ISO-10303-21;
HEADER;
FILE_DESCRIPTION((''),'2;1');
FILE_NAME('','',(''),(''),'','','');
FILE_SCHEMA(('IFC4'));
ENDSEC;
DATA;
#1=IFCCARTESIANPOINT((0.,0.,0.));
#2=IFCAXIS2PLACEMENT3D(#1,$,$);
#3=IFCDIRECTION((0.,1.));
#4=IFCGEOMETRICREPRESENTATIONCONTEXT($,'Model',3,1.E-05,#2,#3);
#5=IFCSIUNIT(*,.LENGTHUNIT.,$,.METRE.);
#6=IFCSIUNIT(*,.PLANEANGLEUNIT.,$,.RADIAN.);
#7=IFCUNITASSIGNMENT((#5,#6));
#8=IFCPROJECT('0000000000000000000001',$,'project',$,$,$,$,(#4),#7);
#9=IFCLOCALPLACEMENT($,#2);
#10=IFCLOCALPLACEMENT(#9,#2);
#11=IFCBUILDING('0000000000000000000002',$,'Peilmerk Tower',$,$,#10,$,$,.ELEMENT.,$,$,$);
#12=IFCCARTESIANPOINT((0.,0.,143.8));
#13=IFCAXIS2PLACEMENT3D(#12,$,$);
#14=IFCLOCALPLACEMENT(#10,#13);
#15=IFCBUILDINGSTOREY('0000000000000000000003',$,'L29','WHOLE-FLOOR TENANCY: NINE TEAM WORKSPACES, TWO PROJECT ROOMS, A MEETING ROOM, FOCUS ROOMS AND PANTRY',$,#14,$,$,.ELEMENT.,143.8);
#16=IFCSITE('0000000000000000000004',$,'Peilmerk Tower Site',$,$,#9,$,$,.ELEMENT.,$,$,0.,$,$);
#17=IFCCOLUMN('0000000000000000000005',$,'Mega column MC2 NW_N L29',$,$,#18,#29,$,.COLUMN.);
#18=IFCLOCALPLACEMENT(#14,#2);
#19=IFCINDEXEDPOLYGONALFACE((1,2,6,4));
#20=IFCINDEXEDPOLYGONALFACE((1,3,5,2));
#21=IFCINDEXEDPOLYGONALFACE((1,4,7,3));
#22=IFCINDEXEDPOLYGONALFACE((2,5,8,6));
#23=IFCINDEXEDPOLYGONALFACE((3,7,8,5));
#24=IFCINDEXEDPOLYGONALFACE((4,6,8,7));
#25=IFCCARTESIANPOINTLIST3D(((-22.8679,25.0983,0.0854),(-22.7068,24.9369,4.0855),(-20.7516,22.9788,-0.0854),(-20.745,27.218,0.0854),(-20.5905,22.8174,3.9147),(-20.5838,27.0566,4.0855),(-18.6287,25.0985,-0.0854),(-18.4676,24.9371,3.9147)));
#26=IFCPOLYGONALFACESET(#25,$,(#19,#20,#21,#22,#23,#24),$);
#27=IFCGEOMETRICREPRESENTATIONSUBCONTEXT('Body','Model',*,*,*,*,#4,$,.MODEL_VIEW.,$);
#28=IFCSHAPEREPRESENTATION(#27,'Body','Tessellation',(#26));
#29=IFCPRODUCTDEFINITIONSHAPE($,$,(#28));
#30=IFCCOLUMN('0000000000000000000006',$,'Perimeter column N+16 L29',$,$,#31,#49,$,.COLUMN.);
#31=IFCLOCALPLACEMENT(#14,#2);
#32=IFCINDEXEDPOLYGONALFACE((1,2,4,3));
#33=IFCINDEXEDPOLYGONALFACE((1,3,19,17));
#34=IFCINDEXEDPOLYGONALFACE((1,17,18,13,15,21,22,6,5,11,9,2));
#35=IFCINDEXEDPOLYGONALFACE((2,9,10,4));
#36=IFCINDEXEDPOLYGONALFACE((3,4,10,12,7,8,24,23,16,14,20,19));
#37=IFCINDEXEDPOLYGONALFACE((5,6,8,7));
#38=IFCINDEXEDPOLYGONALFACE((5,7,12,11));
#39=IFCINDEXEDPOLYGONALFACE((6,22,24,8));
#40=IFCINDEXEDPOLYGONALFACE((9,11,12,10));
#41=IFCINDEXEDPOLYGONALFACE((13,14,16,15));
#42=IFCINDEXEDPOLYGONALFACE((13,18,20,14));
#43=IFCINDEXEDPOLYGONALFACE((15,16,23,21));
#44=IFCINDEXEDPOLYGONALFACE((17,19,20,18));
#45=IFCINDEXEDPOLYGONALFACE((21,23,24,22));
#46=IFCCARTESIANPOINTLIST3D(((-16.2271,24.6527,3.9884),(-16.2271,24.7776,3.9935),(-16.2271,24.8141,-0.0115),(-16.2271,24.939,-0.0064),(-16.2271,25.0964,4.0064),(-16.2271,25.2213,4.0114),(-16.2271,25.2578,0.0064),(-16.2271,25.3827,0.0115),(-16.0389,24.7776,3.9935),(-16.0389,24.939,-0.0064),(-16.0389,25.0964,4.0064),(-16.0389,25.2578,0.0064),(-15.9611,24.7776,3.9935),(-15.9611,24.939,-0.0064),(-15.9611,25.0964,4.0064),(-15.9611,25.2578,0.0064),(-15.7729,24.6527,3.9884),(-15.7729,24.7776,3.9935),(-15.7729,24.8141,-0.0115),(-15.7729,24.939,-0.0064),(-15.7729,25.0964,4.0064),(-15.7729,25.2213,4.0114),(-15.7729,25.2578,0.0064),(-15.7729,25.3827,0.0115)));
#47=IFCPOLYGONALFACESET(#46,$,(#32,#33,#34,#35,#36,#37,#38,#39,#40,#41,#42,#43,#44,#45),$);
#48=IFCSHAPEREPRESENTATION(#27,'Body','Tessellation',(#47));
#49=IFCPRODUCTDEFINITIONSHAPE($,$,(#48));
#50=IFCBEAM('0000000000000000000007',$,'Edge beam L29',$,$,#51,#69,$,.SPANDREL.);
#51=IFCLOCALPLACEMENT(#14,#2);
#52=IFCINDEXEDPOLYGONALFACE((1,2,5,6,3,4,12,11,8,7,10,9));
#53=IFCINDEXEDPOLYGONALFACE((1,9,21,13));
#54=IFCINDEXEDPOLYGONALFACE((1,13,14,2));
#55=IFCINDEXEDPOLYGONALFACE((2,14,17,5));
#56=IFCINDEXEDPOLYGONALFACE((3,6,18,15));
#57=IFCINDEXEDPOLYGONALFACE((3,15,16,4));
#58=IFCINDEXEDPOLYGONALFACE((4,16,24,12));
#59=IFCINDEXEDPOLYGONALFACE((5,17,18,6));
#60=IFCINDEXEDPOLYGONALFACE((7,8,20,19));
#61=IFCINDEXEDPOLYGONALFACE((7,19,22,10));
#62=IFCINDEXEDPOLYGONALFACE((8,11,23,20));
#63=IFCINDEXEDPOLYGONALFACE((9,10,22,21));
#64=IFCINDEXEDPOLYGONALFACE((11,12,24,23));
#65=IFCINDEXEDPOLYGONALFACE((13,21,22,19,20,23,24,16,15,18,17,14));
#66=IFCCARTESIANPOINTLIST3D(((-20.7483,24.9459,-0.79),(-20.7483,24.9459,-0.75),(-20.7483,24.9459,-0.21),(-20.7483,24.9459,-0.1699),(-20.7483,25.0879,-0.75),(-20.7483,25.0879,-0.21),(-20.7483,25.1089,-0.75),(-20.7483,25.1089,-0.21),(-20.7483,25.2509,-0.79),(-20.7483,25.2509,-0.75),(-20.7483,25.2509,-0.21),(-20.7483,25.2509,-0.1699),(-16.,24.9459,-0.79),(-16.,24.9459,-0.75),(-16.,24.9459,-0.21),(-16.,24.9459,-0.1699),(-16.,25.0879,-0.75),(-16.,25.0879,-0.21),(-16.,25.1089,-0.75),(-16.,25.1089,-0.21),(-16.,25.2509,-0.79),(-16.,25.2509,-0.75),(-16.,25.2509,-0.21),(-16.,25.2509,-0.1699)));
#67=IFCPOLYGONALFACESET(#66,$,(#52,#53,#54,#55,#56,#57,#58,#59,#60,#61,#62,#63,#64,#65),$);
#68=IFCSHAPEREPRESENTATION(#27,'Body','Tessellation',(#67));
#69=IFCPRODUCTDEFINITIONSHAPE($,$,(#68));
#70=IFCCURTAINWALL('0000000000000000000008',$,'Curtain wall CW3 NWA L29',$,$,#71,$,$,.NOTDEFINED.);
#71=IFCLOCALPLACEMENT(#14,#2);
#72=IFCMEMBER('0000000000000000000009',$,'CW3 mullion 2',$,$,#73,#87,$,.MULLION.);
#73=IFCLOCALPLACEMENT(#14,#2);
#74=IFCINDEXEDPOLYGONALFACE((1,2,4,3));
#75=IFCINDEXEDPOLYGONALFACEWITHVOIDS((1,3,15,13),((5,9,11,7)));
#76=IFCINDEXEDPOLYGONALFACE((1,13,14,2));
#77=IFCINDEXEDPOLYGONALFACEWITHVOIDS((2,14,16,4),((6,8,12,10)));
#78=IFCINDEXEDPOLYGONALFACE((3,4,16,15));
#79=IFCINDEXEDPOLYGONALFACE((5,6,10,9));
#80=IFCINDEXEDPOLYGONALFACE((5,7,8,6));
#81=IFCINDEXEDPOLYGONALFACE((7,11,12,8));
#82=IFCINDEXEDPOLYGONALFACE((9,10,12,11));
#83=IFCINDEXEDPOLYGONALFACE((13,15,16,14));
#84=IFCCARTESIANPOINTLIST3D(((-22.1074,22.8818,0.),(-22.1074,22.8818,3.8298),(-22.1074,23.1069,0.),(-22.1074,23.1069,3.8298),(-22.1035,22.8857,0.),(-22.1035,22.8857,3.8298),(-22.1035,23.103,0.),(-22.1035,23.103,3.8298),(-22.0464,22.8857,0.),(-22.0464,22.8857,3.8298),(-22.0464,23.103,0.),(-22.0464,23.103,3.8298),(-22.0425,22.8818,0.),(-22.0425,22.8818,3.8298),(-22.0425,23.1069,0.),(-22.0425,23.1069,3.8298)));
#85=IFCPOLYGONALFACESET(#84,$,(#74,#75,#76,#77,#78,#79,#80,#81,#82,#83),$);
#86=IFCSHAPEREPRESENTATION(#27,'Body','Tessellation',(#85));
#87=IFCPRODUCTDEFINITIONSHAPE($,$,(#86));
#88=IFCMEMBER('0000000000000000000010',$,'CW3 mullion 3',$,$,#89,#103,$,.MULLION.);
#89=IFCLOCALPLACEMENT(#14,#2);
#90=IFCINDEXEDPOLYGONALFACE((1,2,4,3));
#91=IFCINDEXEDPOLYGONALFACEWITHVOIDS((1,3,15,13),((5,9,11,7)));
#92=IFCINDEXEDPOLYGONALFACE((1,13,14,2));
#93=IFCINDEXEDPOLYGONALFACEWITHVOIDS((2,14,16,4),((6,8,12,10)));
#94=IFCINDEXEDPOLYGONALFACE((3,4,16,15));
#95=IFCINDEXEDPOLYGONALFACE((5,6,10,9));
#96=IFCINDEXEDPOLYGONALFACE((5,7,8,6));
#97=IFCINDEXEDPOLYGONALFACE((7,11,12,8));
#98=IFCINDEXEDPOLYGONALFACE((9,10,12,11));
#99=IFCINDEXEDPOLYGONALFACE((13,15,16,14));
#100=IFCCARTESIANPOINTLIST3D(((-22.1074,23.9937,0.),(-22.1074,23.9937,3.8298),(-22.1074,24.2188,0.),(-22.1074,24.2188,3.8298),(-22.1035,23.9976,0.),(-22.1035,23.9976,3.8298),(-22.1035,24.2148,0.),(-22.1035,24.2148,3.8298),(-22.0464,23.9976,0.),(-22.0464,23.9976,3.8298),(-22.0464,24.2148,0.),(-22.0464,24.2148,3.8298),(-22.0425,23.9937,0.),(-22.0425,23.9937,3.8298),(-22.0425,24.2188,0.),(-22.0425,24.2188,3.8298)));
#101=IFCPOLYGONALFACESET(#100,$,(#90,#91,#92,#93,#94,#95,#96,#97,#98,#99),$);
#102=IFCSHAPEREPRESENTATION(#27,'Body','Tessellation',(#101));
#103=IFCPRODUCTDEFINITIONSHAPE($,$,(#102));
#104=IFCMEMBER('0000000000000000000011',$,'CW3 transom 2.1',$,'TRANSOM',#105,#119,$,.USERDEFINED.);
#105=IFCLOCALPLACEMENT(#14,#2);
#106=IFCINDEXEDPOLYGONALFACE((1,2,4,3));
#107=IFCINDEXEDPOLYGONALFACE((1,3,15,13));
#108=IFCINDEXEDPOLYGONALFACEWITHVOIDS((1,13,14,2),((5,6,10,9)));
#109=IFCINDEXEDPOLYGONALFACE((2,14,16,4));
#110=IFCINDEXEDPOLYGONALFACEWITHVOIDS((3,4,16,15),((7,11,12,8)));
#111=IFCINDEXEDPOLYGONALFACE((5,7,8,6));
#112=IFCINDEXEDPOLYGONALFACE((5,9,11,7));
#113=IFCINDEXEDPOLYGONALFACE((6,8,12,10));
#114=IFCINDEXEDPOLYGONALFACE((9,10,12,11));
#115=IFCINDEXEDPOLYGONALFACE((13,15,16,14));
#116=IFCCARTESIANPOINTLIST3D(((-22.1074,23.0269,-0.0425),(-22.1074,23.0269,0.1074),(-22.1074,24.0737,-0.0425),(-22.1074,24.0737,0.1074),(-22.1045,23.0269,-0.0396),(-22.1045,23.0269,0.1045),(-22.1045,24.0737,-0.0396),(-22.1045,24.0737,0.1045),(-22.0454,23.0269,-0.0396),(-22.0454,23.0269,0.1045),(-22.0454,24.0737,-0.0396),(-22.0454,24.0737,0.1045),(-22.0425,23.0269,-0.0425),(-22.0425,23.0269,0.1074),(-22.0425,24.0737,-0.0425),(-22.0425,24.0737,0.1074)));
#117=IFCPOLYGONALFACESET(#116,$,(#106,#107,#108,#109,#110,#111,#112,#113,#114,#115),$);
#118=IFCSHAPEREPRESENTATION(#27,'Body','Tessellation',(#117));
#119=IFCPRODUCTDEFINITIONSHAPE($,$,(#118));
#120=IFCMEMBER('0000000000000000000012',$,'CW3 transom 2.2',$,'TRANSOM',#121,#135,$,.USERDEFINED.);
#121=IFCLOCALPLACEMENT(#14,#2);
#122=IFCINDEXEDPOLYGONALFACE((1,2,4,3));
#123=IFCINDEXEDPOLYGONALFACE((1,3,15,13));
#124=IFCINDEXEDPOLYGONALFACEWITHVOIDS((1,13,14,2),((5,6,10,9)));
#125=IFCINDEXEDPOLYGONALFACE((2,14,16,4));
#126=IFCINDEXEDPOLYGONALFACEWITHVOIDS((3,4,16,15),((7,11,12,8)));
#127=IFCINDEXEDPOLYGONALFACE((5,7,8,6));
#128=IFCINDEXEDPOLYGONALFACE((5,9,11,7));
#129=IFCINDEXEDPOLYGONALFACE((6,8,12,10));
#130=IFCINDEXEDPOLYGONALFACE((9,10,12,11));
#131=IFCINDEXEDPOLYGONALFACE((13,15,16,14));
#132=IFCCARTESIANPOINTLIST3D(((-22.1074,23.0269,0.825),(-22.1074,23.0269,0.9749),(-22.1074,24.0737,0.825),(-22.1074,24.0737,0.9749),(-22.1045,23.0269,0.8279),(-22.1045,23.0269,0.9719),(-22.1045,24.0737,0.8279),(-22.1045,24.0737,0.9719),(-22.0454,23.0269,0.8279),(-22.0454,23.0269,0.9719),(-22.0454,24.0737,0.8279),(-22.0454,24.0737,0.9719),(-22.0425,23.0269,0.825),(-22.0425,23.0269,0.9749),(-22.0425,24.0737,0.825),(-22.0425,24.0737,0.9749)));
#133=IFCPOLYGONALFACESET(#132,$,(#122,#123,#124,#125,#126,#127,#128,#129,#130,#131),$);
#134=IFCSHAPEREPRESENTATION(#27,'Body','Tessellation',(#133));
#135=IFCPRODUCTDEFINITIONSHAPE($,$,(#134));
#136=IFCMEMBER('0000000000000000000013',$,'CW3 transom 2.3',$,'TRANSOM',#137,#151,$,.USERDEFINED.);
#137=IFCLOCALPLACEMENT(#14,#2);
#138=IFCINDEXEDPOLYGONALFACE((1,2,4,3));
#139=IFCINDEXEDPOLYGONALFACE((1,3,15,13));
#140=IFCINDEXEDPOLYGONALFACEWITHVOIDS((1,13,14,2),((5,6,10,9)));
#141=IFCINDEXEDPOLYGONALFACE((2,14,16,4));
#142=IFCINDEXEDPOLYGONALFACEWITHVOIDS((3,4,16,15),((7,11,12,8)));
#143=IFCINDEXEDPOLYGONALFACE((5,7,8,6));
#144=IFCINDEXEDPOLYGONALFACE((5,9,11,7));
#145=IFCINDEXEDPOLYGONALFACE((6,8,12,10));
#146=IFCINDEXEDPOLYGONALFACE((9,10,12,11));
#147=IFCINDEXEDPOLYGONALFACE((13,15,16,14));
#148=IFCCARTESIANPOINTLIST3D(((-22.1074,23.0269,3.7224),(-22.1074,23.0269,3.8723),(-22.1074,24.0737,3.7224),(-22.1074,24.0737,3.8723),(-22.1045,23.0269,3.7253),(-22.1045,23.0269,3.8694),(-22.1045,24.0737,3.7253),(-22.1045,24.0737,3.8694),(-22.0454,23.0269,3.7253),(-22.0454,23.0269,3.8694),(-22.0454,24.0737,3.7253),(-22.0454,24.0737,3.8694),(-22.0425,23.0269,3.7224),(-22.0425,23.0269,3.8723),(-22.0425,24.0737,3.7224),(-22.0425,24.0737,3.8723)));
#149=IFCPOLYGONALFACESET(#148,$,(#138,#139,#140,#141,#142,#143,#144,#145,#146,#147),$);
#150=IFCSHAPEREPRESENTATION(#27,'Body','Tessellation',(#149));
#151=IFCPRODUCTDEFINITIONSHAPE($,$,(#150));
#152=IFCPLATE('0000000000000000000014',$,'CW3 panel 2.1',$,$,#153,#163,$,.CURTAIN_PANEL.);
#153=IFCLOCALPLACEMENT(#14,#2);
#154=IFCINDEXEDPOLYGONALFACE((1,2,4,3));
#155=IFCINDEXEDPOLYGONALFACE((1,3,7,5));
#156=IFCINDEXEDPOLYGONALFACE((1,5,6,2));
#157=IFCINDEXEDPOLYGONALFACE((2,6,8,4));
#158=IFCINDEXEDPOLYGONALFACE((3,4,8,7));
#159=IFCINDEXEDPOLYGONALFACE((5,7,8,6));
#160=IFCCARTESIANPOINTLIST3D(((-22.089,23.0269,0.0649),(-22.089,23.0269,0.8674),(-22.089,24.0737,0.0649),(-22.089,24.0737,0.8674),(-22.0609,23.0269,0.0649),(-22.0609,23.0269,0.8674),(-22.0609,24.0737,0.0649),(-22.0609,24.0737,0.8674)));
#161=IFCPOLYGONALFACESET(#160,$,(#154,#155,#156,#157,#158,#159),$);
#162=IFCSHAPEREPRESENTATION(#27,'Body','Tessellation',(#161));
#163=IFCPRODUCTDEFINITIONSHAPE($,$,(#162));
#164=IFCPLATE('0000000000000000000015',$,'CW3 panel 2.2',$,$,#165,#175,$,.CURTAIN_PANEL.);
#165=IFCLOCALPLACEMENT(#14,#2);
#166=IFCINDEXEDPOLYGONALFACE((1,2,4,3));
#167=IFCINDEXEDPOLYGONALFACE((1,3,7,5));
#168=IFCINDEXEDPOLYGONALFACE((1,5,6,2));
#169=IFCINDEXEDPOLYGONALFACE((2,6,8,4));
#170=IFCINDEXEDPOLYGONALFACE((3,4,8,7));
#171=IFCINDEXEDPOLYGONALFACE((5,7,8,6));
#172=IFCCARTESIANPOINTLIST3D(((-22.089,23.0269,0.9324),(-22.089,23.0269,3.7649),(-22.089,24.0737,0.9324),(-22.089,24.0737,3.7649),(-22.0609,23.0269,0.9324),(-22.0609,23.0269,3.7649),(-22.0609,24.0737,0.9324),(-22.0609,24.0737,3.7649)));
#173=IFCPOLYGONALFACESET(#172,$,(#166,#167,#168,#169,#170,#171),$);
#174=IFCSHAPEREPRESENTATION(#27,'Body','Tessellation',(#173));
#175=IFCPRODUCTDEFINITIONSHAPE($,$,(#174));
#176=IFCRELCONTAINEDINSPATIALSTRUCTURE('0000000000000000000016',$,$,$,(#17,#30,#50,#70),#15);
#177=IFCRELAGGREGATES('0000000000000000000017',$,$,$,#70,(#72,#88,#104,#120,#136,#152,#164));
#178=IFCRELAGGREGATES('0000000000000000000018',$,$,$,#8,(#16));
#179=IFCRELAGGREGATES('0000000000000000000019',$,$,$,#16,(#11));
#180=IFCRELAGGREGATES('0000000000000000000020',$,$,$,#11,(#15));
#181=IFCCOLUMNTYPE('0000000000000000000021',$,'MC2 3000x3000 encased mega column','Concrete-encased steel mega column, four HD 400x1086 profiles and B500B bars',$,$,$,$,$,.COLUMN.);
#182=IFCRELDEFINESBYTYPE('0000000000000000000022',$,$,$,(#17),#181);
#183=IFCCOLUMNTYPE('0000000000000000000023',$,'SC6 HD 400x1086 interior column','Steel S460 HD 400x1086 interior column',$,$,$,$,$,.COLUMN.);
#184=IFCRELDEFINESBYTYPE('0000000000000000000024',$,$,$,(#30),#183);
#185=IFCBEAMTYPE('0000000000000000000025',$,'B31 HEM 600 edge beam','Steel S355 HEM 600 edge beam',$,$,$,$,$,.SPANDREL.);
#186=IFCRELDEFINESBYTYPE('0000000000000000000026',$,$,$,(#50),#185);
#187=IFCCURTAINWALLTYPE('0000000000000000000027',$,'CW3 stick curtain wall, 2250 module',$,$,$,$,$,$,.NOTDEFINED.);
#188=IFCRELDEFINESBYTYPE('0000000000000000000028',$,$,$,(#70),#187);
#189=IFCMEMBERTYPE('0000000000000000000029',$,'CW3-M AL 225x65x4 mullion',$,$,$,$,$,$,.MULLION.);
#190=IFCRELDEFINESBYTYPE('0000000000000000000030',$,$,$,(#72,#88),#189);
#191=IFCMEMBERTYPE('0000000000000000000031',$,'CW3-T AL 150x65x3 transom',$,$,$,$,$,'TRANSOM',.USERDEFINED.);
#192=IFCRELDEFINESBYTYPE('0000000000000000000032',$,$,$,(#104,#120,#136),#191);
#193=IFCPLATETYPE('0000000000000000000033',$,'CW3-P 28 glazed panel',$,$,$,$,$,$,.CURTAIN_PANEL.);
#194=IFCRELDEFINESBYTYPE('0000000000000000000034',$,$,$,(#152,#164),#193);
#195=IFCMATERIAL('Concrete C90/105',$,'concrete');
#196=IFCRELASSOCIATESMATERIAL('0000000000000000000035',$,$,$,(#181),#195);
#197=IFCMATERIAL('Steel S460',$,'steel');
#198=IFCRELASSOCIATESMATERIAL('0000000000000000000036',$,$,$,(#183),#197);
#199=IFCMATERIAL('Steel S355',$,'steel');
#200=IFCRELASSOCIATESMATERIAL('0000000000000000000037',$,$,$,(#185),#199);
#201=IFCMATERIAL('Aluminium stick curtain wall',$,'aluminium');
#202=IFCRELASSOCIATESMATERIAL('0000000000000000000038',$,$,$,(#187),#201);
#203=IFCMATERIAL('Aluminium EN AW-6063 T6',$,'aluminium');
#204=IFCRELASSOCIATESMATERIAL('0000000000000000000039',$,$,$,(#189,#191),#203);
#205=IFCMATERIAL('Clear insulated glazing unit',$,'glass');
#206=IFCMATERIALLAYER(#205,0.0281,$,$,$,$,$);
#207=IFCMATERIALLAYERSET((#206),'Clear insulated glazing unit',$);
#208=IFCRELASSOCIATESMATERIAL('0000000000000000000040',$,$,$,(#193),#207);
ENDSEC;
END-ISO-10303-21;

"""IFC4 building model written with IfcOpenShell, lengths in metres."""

from ifc_helpers import new_model, si_unit, direction, frame, origin, origin_2d, place, context, subcontext, project, spatial, rectangle, hollow_rectangle, i_section, extrude, material, layer, layer_set, material_profile, profile_set, type_object, element, aggregate, save


model = new_model("IFC4")

# Units and contexts
model_context = context("Model", 3, precision=1e-05, world=origin(), true_north=direction((0.0, 1.0)))
body_context = subcontext(model_context, "Body", "Model", "MODEL_VIEW")
ifc_project = project(units=[si_unit("LENGTHUNIT", "METRE"), si_unit("PLANEANGLEUNIT", "RADIAN")], contexts=[model_context])

# Site, building, storey
site_placement = place(None, origin())
site = spatial("IfcSite", under=ifc_project, at=site_placement, Name="Peilmerk Tower Site", CompositionType="ELEMENT", RefElevation=0.0)
building_placement = place(site_placement, origin())
building = spatial("IfcBuilding", under=site, at=building_placement, Name="Peilmerk Tower", CompositionType="ELEMENT")
storey_placement = place(building_placement, frame((0.0, 0.0, 143.8)))
storey = spatial("IfcBuildingStorey", under=building, at=storey_placement, Name="L29", Description="WHOLE-FLOOR TENANCY: NINE TEAM WORKSPACES, TWO PROJECT ROOMS, A MEETING ROOM, FOCUS ROOMS AND PANTRY", CompositionType="ELEMENT", Elevation=143.8)

# Columns
ifc_material_1 = material(Name="Concrete C90/105", Category="concrete")
ifc_material_profile_1 = material_profile(ifc_material_1, rectangle(XDim=3.0, YDim=3.0, at=origin_2d()), Name="RC 3000x3000")
ifc_profile_set_1 = profile_set([ifc_material_profile_1], Name="Concrete C90/105")
column_type_1 = type_object("IfcColumnType", Name="MC2 3000x3000 encased mega column", Description="Concrete-encased steel mega column, four HD 400x1086 profiles and B500B bars", PredefinedType="COLUMN", material=ifc_profile_set_1)
column_1_placement = place(storey_placement, frame((-20.7483, 25.0984, 0.0), z_axis=(0.040218, -0.040279, 0.998379), x_axis=(0.707642, 0.706571, 0.0)))
element("IfcColumn", 1, at=column_1_placement, inside=storey, type_object=column_type_1, Name="Mega column MC2 NW_N L29", PredefinedType="COLUMN", context=body_context, shape_type="SweptSolid", body=[
    extrude(rectangle(XDim=3.0, YDim=3.0, at=origin_2d()), origin(), (0.0, 0.0, 1.0), 4.0066),
])
ifc_material_2 = material(Name="Steel S460", Category="steel")
ifc_material_profile_2 = material_profile(ifc_material_2, i_section(OverallWidth=0.4541, OverallDepth=0.5691, WebThickness=0.0779, FlangeThickness=0.125, at=origin_2d()), Name="HD 400x1086")
ifc_profile_set_2 = profile_set([ifc_material_profile_2], Name="Steel S460")
column_type_2 = type_object("IfcColumnType", Name="SC6 HD 400x1086 interior column", Description="Steel S460 HD 400x1086 interior column", PredefinedType="COLUMN", material=ifc_profile_set_2)
column_2_placement = place(storey_placement, frame((-16.0, 25.0984, 0.0), z_axis=(0.0, -0.040311, 0.999187), x_axis=(1.0, 0.0, 0.0)))
element("IfcColumn", 2, at=column_2_placement, inside=storey, type_object=column_type_2, Name="Perimeter column N+16 L29", PredefinedType="COLUMN", context=body_context, shape_type="SweptSolid", body=[
    extrude(i_section(OverallWidth=0.4541, OverallDepth=0.5691, WebThickness=0.0779, FlangeThickness=0.125, at=origin_2d()), origin(), (0.0, 0.0, 1.0), 4.0032),
])

# Beam
ifc_material_3 = material(Name="Steel S355", Category="steel")
ifc_material_profile_3 = material_profile(ifc_material_3, i_section(OverallWidth=0.3049, OverallDepth=0.6201, WebThickness=0.021, FlangeThickness=0.04, at=origin_2d()), Name="HEM 600")
ifc_profile_set_3 = profile_set([ifc_material_profile_3], Name="Steel S355")
beam_type = type_object("IfcBeamType", Name="B31 HEM 600 edge beam", Description="Steel S355 HEM 600 edge beam", PredefinedType="SPANDREL", material=ifc_profile_set_3)
beam_placement = place(storey_placement, frame((-16.0, 25.0984, -0.48), z_axis=(-1.0, 0.0, 0.0), x_axis=(0.0, -1.0, 0.0)))
element("IfcBeam", 3, at=beam_placement, inside=storey, type_object=beam_type, Name="Edge beam L29", PredefinedType="SPANDREL", context=body_context, shape_type="SweptSolid", body=[
    extrude(i_section(OverallWidth=0.3049, OverallDepth=0.6201, WebThickness=0.021, FlangeThickness=0.04, at=origin_2d()), origin(), (0.0, 0.0, 1.0), 4.7483),
])

# Curtain wall, members, plates
ifc_material_4 = material(Name="Aluminium stick curtain wall", Category="aluminium")
curtain_wall_type = type_object("IfcCurtainWallType", Name="CW3 stick curtain wall, 2250 module", PredefinedType="NOTDEFINED", material=ifc_material_4)
curtain_wall_placement = place(storey_placement, origin())
curtain_wall = element("IfcCurtainWall", 4, at=curtain_wall_placement, inside=storey, type_object=curtain_wall_type, Name="Curtain wall CW3 NWA L29", PredefinedType="NOTDEFINED")
ifc_material_5 = material(Name="Aluminium EN AW-6063 T6", Category="aluminium")
ifc_material_profile_4 = material_profile(ifc_material_5, hollow_rectangle(XDim=0.0649, YDim=0.2251, WallThickness=0.0039, at=origin_2d()), Name="AL 225x65x4")
ifc_profile_set_4 = profile_set([ifc_material_profile_4], Name="Aluminium EN AW-6063 T6")
member_type_1 = type_object("IfcMemberType", Name="CW3-M AL 225x65x4 mullion", PredefinedType="MULLION", material=ifc_profile_set_4)
member_1_placement = place(storey_placement, frame((-22.075, 22.9944, 0.0), z_axis=(0.0, 0.0, 1.0), x_axis=(-1.0, 0.0, 0.0)))
member_1 = element("IfcMember", 5, at=member_1_placement, type_object=member_type_1, Name="CW3 mullion 2", PredefinedType="MULLION", context=body_context, shape_type="SweptSolid", body=[
    extrude(hollow_rectangle(XDim=0.0649, YDim=0.2251, WallThickness=0.0039, at=origin_2d()), origin(), (0.0, 0.0, 1.0), 3.8298),
])
member_2_placement = place(storey_placement, frame((-22.075, 24.1062, 0.0), z_axis=(0.0, 0.0, 1.0), x_axis=(-1.0, 0.0, 0.0)))
member_2 = element("IfcMember", 6, at=member_2_placement, type_object=member_type_1, Name="CW3 mullion 3", PredefinedType="MULLION", context=body_context, shape_type="SweptSolid", body=[
    extrude(hollow_rectangle(XDim=0.0649, YDim=0.2251, WallThickness=0.0039, at=origin_2d()), origin(), (0.0, 0.0, 1.0), 3.8298),
])
ifc_material_profile_5 = material_profile(ifc_material_5, hollow_rectangle(XDim=0.0649, YDim=0.1499, WallThickness=0.0029, at=origin_2d()), Name="AL 150x65x3")
ifc_profile_set_5 = profile_set([ifc_material_profile_5], Name="Aluminium EN AW-6063 T6")
member_type_2 = type_object("IfcMemberType", Name="CW3-T AL 150x65x3 transom", ElementType="TRANSOM", PredefinedType="USERDEFINED", material=ifc_profile_set_5)
member_3_placement = place(storey_placement, frame((-22.075, 23.0269, 0.0325), z_axis=(0.0, 1.0, 0.0), x_axis=(-1.0, 0.0, 0.0)))
member_3 = element("IfcMember", 7, at=member_3_placement, type_object=member_type_2, Name="CW3 transom 2.1", ObjectType="TRANSOM", PredefinedType="USERDEFINED", context=body_context, shape_type="SweptSolid", body=[
    extrude(hollow_rectangle(XDim=0.0649, YDim=0.1499, WallThickness=0.0029, at=origin_2d()), origin(), (0.0, 0.0, 1.0), 1.0469),
])
member_4_placement = place(storey_placement, frame((-22.075, 23.0269, 0.8999), z_axis=(0.0, 1.0, 0.0), x_axis=(-1.0, 0.0, 0.0)))
member_4 = element("IfcMember", 8, at=member_4_placement, type_object=member_type_2, Name="CW3 transom 2.2", ObjectType="TRANSOM", PredefinedType="USERDEFINED", context=body_context, shape_type="SweptSolid", body=[
    extrude(hollow_rectangle(XDim=0.0649, YDim=0.1499, WallThickness=0.0029, at=origin_2d()), origin(), (0.0, 0.0, 1.0), 1.0469),
])
member_5_placement = place(storey_placement, frame((-22.075, 23.0269, 3.7974), z_axis=(0.0, 1.0, 0.0), x_axis=(-1.0, 0.0, 0.0)))
member_5 = element("IfcMember", 9, at=member_5_placement, type_object=member_type_2, Name="CW3 transom 2.3", ObjectType="TRANSOM", PredefinedType="USERDEFINED", context=body_context, shape_type="SweptSolid", body=[
    extrude(hollow_rectangle(XDim=0.0649, YDim=0.1499, WallThickness=0.0029, at=origin_2d()), origin(), (0.0, 0.0, 1.0), 1.0469),
])
ifc_material_6 = material(Name="Clear insulated glazing unit", Category="glass")
ifc_layer_1 = layer(ifc_material_6, 0.0281)
ifc_layer_set_1 = layer_set([ifc_layer_1], Name="Clear insulated glazing unit")
plate_type = type_object("IfcPlateType", Name="CW3-P 28 glazed panel", PredefinedType="CURTAIN_PANEL", material=ifc_layer_set_1)
plate_1_placement = place(storey_placement, frame((-22.075, 23.5503, 0.0649), z_axis=(0.0, 0.0, 1.0), x_axis=(0.0, 1.0, 0.0)))
plate_1 = element("IfcPlate", 10, at=plate_1_placement, type_object=plate_type, Name="CW3 panel 2.1", PredefinedType="CURTAIN_PANEL", context=body_context, shape_type="SweptSolid", body=[
    extrude(rectangle(XDim=1.0469, YDim=0.0281, at=origin_2d()), origin(), (0.0, 0.0, 1.0), 0.8025),
])
plate_2_placement = place(storey_placement, frame((-22.075, 23.5503, 0.9324), z_axis=(0.0, 0.0, 1.0), x_axis=(0.0, 1.0, 0.0)))
plate_2 = element("IfcPlate", 11, at=plate_2_placement, type_object=plate_type, Name="CW3 panel 2.2", PredefinedType="CURTAIN_PANEL", context=body_context, shape_type="SweptSolid", body=[
    extrude(rectangle(XDim=1.0469, YDim=0.0281, at=origin_2d()), origin(), (0.0, 0.0, 1.0), 2.8325),
])
aggregate(curtain_wall, [member_1, member_2, member_3, member_4, member_5, plate_1, plate_2])

save(model, "model.ifc")
